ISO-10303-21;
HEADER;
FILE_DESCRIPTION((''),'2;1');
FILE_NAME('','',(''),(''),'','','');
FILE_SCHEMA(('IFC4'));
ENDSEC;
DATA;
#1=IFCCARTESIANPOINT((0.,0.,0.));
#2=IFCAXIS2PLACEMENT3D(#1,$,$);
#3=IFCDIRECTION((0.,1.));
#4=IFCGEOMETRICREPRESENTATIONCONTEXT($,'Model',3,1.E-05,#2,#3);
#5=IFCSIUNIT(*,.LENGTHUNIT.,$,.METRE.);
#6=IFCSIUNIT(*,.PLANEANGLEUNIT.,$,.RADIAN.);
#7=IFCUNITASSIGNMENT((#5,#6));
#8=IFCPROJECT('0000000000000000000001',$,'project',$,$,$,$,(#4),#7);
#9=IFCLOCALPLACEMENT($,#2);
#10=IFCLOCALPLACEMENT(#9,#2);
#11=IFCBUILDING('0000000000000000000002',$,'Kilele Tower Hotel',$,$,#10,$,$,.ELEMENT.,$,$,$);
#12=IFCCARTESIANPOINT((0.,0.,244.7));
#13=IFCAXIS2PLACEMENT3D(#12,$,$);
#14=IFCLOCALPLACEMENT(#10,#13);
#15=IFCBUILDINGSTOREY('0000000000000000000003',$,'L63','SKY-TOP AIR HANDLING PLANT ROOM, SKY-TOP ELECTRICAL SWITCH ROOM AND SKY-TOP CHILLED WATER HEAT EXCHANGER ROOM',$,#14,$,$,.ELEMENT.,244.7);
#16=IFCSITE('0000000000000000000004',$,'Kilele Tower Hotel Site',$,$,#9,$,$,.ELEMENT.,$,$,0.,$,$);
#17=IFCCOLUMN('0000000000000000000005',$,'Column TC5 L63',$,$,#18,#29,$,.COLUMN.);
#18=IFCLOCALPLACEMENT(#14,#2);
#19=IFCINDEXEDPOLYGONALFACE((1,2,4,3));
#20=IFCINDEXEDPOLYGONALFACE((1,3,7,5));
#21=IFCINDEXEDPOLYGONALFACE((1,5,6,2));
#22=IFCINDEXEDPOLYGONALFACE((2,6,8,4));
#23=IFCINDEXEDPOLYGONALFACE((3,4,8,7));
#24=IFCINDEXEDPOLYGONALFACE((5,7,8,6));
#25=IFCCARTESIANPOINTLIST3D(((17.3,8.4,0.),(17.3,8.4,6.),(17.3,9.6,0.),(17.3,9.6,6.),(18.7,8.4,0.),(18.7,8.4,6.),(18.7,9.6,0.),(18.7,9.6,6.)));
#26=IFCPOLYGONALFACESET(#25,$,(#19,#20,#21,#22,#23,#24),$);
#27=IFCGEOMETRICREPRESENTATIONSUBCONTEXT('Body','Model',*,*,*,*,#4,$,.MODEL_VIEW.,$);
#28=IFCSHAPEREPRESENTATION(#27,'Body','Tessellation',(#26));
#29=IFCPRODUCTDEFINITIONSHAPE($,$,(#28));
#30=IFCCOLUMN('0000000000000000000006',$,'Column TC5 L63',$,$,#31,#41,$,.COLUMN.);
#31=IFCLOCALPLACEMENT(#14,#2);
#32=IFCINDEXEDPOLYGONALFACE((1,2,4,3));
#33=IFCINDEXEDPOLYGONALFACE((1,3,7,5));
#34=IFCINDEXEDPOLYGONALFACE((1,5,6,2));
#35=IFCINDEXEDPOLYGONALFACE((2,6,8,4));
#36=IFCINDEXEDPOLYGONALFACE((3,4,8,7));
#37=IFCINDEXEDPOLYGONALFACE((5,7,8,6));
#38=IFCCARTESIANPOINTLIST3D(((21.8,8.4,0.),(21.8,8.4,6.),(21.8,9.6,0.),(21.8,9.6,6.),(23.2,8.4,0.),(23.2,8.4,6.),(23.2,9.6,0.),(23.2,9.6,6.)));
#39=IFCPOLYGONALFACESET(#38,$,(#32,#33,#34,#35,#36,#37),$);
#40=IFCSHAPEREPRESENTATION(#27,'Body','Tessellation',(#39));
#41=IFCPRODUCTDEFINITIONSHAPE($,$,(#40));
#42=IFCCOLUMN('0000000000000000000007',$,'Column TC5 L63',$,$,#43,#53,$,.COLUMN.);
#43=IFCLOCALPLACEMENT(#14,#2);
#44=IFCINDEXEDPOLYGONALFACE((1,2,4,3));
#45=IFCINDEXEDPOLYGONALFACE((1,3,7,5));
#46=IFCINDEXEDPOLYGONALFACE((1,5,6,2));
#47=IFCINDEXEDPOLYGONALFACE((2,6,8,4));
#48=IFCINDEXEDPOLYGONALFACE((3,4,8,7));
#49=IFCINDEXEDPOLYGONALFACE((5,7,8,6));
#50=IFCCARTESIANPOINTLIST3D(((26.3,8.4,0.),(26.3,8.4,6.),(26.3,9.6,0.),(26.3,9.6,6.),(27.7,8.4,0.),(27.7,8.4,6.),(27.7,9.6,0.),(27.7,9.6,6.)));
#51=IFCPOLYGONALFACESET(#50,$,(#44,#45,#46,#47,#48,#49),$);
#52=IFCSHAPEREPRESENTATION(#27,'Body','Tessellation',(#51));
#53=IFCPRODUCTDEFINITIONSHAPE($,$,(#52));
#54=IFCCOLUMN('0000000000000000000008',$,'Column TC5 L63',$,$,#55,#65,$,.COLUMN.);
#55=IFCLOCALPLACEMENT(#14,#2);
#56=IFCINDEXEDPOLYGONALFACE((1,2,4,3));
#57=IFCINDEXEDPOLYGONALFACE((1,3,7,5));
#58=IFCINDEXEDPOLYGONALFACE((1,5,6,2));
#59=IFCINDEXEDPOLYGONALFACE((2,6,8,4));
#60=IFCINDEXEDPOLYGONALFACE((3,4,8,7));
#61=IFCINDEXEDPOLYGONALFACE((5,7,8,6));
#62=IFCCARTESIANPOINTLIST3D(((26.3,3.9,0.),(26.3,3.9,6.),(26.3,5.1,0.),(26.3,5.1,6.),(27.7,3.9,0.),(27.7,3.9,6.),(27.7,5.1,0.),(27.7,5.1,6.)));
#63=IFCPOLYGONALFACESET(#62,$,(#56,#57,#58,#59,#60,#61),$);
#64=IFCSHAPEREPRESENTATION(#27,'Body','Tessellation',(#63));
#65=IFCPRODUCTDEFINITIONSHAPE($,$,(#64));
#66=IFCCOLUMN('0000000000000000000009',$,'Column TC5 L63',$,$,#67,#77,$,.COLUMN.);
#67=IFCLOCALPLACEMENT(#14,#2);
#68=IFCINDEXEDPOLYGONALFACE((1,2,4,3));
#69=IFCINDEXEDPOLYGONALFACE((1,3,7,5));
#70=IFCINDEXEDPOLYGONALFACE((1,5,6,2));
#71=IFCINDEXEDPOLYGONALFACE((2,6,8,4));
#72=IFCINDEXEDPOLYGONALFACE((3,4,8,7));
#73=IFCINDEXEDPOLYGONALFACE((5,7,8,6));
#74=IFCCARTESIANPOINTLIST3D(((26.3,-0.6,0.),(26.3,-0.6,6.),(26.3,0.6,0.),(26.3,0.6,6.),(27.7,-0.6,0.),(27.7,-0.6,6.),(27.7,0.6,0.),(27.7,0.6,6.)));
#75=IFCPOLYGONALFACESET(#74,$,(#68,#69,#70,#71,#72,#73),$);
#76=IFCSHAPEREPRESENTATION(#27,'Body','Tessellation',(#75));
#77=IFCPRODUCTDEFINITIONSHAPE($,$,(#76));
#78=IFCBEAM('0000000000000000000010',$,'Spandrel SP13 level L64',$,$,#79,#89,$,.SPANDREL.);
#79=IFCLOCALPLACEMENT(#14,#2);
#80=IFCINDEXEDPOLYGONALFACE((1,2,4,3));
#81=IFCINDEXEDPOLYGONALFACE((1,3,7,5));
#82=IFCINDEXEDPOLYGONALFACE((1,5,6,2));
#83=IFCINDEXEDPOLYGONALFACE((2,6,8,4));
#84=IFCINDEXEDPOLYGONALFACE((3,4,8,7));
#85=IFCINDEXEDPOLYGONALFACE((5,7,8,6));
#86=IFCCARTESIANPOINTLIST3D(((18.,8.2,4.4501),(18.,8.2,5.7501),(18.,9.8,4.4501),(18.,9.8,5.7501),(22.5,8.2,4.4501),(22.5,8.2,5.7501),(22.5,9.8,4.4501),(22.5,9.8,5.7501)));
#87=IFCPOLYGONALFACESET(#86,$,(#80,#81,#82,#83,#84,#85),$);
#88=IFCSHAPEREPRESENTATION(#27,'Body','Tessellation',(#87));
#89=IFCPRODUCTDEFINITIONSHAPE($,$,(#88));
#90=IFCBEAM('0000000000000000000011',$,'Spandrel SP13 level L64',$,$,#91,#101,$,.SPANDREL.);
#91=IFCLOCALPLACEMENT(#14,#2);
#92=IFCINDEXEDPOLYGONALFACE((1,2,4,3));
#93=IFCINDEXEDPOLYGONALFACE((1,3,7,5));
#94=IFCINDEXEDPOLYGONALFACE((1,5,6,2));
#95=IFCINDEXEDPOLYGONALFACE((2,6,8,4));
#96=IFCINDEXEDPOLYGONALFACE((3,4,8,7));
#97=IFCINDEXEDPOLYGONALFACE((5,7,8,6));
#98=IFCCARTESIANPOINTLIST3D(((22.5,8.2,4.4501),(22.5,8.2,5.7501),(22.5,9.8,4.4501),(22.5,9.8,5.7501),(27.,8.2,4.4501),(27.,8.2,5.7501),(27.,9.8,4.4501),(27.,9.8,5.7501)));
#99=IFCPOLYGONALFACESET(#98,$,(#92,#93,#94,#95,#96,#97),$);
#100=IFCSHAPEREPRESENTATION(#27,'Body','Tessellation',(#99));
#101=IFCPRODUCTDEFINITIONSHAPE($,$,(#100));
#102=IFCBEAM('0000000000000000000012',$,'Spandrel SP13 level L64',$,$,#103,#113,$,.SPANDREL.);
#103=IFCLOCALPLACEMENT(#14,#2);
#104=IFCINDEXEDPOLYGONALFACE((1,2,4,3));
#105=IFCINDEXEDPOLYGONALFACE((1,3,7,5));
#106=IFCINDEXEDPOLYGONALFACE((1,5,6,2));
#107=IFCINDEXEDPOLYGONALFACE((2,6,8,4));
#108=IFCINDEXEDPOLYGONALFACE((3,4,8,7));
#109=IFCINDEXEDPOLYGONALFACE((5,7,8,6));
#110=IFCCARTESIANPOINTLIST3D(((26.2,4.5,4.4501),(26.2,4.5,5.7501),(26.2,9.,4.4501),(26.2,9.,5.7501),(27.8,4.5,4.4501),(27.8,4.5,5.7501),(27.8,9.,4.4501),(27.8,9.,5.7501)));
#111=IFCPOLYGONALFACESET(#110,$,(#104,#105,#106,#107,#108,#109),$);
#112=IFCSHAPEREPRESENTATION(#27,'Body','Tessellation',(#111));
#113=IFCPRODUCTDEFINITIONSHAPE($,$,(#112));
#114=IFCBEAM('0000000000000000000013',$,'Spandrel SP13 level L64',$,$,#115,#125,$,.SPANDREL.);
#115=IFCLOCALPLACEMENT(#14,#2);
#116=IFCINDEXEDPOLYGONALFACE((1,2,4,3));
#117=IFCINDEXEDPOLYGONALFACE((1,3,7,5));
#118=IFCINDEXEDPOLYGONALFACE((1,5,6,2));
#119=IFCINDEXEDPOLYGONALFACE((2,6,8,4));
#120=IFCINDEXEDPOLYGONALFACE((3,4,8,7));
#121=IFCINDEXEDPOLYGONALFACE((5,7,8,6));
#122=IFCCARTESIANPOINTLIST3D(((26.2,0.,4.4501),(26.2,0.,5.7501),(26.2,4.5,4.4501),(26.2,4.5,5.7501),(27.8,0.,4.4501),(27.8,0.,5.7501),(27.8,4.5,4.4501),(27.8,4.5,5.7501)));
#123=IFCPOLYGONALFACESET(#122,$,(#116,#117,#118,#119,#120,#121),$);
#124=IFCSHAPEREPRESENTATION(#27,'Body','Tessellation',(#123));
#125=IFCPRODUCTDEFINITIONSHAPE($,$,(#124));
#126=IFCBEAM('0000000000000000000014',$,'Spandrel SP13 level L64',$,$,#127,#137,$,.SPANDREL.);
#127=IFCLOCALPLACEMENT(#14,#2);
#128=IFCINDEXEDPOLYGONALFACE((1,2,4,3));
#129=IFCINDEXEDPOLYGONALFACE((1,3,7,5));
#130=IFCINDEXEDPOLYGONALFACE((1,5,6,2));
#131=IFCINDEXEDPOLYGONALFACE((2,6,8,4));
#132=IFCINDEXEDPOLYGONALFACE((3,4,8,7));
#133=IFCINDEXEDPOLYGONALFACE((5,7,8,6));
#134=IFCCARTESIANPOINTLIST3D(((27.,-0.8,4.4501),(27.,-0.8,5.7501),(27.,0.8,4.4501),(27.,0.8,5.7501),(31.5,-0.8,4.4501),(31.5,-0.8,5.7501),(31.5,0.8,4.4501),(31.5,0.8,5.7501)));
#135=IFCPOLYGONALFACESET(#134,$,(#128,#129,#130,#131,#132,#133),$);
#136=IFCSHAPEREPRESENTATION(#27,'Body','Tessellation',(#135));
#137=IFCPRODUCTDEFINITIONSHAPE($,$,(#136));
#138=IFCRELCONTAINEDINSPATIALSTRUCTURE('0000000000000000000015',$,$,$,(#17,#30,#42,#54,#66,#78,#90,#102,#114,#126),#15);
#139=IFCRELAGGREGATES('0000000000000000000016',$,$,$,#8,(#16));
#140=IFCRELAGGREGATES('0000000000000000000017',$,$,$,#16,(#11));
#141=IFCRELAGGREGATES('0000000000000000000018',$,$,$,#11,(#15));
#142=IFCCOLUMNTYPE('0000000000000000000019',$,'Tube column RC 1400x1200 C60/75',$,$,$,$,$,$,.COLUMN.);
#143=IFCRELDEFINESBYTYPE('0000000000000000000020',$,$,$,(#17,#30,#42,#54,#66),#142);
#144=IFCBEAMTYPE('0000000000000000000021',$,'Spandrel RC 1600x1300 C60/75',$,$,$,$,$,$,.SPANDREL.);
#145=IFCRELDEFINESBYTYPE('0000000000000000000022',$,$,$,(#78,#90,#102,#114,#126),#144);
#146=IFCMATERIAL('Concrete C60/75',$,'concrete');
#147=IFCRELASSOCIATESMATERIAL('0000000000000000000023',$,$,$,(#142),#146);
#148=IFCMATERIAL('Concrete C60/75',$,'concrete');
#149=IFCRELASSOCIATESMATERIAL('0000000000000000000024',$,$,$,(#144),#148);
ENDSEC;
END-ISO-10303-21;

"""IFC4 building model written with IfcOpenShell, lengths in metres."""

from ifc_helpers import new_model, si_unit, direction, frame, origin, origin_2d, place, context, subcontext, project, spatial, rectangle, extrude, material, material_profile, profile_set, type_object, element, save


model = new_model("IFC4")

# Units and contexts
model_context = context("Model", 3, precision=1e-05, world=origin(), true_north=direction((0.0, 1.0)))
body_context = subcontext(model_context, "Body", "Model", "MODEL_VIEW")
ifc_project = project(units=[si_unit("LENGTHUNIT", "METRE"), si_unit("PLANEANGLEUNIT", "RADIAN")], contexts=[model_context])

# Site, building, storey
site_placement = place(None, origin())
site = spatial("IfcSite", under=ifc_project, at=site_placement, Name="Kilele Tower Hotel Site", CompositionType="ELEMENT", RefElevation=0.0)
building_placement = place(site_placement, origin())
building = spatial("IfcBuilding", under=site, at=building_placement, Name="Kilele Tower Hotel", CompositionType="ELEMENT")
storey_placement = place(building_placement, frame((0.0, 0.0, 244.7)))
storey = spatial("IfcBuildingStorey", under=building, at=storey_placement, Name="L63", Description="SKY-TOP AIR HANDLING PLANT ROOM, SKY-TOP ELECTRICAL SWITCH ROOM AND SKY-TOP CHILLED WATER HEAT EXCHANGER ROOM", CompositionType="ELEMENT", Elevation=244.7)

# Columns
ifc_material_1 = material(Name="Concrete C60/75", Category="concrete")
ifc_material_profile_1 = material_profile(ifc_material_1, rectangle(XDim=1.3999, YDim=1.2, at=origin_2d()))
ifc_profile_set_1 = profile_set([ifc_material_profile_1], Name="Concrete C60/75")
column_type = type_object("IfcColumnType", Name="Tube column RC 1400x1200 C60/75", PredefinedType="COLUMN", material=ifc_profile_set_1)
for number, where, z_axis, x_axis, name in (
    (1, (18.0, 9.0, 0.0), (0.0, 0.0, 1.0), (1.0, 0.0, 0.0), "Column TC5 L63"),
    (2, (22.5, 9.0, 0.0), (0.0, 0.0, 1.0), (1.0, 0.0, 0.0), "Column TC5 L63"),
    (3, (27.0, 9.0, 0.0), (0.0, 0.0, 1.0), (1.0, 0.0, 0.0), "Column TC5 L63"),
    (4, (27.0, 4.5, 0.0), (0.0, 0.0, 1.0), (1.0, 0.0, 0.0), "Column TC5 L63"),
    (5, (27.0, 0.0, 0.0), (0.0, 0.0, 1.0), (1.0, 0.0, 0.0), "Column TC5 L63"),
):
    element("IfcColumn", number, at=place(storey_placement, frame(where, z_axis=z_axis, x_axis=x_axis)), inside=storey, type_object=column_type, Name=name, PredefinedType="COLUMN", context=body_context, shape_type="SweptSolid", body=[
        extrude(rectangle(XDim=1.3999, YDim=1.2, at=origin_2d()), origin(), (0.0, 0.0, 1.0), 6.0),
    ])

# Beams
ifc_material_2 = material(Name="Concrete C60/75", Category="concrete")
ifc_material_profile_2 = material_profile(ifc_material_2, rectangle(XDim=1.6001, YDim=1.3, at=origin_2d()))
ifc_profile_set_2 = profile_set([ifc_material_profile_2], Name="Concrete C60/75")
beam_type = type_object("IfcBeamType", Name="Spandrel RC 1600x1300 C60/75", PredefinedType="SPANDREL", material=ifc_profile_set_2)
for number, where, z_axis, x_axis, name in (
    (6, (18.0, 9.0, 5.1001), (1.0, 0.0, 0.0), (0.0, 1.0, 0.0), "Spandrel SP13 level L64"),
    (7, (22.5, 9.0, 5.1001), (1.0, 0.0, 0.0), (0.0, 1.0, 0.0), "Spandrel SP13 level L64"),
    (8, (27.0, 9.0, 5.1001), (0.0, -1.0, 0.0), (1.0, 0.0, 0.0), "Spandrel SP13 level L64"),
    (9, (27.0, 4.5, 5.1001), (0.0, -1.0, 0.0), (1.0, 0.0, 0.0), "Spandrel SP13 level L64"),
    (10, (27.0, 0.0, 5.1001), (1.0, 0.0, 0.0), (0.0, 1.0, 0.0), "Spandrel SP13 level L64"),
):
    element("IfcBeam", number, at=place(storey_placement, frame(where, z_axis=z_axis, x_axis=x_axis)), inside=storey, type_object=beam_type, Name=name, PredefinedType="SPANDREL", context=body_context, shape_type="SweptSolid", body=[
        extrude(rectangle(XDim=1.6001, YDim=1.3, at=origin_2d()), origin(), (0.0, 0.0, 1.0), 4.5),
    ])

save(model, "model.ifc")
